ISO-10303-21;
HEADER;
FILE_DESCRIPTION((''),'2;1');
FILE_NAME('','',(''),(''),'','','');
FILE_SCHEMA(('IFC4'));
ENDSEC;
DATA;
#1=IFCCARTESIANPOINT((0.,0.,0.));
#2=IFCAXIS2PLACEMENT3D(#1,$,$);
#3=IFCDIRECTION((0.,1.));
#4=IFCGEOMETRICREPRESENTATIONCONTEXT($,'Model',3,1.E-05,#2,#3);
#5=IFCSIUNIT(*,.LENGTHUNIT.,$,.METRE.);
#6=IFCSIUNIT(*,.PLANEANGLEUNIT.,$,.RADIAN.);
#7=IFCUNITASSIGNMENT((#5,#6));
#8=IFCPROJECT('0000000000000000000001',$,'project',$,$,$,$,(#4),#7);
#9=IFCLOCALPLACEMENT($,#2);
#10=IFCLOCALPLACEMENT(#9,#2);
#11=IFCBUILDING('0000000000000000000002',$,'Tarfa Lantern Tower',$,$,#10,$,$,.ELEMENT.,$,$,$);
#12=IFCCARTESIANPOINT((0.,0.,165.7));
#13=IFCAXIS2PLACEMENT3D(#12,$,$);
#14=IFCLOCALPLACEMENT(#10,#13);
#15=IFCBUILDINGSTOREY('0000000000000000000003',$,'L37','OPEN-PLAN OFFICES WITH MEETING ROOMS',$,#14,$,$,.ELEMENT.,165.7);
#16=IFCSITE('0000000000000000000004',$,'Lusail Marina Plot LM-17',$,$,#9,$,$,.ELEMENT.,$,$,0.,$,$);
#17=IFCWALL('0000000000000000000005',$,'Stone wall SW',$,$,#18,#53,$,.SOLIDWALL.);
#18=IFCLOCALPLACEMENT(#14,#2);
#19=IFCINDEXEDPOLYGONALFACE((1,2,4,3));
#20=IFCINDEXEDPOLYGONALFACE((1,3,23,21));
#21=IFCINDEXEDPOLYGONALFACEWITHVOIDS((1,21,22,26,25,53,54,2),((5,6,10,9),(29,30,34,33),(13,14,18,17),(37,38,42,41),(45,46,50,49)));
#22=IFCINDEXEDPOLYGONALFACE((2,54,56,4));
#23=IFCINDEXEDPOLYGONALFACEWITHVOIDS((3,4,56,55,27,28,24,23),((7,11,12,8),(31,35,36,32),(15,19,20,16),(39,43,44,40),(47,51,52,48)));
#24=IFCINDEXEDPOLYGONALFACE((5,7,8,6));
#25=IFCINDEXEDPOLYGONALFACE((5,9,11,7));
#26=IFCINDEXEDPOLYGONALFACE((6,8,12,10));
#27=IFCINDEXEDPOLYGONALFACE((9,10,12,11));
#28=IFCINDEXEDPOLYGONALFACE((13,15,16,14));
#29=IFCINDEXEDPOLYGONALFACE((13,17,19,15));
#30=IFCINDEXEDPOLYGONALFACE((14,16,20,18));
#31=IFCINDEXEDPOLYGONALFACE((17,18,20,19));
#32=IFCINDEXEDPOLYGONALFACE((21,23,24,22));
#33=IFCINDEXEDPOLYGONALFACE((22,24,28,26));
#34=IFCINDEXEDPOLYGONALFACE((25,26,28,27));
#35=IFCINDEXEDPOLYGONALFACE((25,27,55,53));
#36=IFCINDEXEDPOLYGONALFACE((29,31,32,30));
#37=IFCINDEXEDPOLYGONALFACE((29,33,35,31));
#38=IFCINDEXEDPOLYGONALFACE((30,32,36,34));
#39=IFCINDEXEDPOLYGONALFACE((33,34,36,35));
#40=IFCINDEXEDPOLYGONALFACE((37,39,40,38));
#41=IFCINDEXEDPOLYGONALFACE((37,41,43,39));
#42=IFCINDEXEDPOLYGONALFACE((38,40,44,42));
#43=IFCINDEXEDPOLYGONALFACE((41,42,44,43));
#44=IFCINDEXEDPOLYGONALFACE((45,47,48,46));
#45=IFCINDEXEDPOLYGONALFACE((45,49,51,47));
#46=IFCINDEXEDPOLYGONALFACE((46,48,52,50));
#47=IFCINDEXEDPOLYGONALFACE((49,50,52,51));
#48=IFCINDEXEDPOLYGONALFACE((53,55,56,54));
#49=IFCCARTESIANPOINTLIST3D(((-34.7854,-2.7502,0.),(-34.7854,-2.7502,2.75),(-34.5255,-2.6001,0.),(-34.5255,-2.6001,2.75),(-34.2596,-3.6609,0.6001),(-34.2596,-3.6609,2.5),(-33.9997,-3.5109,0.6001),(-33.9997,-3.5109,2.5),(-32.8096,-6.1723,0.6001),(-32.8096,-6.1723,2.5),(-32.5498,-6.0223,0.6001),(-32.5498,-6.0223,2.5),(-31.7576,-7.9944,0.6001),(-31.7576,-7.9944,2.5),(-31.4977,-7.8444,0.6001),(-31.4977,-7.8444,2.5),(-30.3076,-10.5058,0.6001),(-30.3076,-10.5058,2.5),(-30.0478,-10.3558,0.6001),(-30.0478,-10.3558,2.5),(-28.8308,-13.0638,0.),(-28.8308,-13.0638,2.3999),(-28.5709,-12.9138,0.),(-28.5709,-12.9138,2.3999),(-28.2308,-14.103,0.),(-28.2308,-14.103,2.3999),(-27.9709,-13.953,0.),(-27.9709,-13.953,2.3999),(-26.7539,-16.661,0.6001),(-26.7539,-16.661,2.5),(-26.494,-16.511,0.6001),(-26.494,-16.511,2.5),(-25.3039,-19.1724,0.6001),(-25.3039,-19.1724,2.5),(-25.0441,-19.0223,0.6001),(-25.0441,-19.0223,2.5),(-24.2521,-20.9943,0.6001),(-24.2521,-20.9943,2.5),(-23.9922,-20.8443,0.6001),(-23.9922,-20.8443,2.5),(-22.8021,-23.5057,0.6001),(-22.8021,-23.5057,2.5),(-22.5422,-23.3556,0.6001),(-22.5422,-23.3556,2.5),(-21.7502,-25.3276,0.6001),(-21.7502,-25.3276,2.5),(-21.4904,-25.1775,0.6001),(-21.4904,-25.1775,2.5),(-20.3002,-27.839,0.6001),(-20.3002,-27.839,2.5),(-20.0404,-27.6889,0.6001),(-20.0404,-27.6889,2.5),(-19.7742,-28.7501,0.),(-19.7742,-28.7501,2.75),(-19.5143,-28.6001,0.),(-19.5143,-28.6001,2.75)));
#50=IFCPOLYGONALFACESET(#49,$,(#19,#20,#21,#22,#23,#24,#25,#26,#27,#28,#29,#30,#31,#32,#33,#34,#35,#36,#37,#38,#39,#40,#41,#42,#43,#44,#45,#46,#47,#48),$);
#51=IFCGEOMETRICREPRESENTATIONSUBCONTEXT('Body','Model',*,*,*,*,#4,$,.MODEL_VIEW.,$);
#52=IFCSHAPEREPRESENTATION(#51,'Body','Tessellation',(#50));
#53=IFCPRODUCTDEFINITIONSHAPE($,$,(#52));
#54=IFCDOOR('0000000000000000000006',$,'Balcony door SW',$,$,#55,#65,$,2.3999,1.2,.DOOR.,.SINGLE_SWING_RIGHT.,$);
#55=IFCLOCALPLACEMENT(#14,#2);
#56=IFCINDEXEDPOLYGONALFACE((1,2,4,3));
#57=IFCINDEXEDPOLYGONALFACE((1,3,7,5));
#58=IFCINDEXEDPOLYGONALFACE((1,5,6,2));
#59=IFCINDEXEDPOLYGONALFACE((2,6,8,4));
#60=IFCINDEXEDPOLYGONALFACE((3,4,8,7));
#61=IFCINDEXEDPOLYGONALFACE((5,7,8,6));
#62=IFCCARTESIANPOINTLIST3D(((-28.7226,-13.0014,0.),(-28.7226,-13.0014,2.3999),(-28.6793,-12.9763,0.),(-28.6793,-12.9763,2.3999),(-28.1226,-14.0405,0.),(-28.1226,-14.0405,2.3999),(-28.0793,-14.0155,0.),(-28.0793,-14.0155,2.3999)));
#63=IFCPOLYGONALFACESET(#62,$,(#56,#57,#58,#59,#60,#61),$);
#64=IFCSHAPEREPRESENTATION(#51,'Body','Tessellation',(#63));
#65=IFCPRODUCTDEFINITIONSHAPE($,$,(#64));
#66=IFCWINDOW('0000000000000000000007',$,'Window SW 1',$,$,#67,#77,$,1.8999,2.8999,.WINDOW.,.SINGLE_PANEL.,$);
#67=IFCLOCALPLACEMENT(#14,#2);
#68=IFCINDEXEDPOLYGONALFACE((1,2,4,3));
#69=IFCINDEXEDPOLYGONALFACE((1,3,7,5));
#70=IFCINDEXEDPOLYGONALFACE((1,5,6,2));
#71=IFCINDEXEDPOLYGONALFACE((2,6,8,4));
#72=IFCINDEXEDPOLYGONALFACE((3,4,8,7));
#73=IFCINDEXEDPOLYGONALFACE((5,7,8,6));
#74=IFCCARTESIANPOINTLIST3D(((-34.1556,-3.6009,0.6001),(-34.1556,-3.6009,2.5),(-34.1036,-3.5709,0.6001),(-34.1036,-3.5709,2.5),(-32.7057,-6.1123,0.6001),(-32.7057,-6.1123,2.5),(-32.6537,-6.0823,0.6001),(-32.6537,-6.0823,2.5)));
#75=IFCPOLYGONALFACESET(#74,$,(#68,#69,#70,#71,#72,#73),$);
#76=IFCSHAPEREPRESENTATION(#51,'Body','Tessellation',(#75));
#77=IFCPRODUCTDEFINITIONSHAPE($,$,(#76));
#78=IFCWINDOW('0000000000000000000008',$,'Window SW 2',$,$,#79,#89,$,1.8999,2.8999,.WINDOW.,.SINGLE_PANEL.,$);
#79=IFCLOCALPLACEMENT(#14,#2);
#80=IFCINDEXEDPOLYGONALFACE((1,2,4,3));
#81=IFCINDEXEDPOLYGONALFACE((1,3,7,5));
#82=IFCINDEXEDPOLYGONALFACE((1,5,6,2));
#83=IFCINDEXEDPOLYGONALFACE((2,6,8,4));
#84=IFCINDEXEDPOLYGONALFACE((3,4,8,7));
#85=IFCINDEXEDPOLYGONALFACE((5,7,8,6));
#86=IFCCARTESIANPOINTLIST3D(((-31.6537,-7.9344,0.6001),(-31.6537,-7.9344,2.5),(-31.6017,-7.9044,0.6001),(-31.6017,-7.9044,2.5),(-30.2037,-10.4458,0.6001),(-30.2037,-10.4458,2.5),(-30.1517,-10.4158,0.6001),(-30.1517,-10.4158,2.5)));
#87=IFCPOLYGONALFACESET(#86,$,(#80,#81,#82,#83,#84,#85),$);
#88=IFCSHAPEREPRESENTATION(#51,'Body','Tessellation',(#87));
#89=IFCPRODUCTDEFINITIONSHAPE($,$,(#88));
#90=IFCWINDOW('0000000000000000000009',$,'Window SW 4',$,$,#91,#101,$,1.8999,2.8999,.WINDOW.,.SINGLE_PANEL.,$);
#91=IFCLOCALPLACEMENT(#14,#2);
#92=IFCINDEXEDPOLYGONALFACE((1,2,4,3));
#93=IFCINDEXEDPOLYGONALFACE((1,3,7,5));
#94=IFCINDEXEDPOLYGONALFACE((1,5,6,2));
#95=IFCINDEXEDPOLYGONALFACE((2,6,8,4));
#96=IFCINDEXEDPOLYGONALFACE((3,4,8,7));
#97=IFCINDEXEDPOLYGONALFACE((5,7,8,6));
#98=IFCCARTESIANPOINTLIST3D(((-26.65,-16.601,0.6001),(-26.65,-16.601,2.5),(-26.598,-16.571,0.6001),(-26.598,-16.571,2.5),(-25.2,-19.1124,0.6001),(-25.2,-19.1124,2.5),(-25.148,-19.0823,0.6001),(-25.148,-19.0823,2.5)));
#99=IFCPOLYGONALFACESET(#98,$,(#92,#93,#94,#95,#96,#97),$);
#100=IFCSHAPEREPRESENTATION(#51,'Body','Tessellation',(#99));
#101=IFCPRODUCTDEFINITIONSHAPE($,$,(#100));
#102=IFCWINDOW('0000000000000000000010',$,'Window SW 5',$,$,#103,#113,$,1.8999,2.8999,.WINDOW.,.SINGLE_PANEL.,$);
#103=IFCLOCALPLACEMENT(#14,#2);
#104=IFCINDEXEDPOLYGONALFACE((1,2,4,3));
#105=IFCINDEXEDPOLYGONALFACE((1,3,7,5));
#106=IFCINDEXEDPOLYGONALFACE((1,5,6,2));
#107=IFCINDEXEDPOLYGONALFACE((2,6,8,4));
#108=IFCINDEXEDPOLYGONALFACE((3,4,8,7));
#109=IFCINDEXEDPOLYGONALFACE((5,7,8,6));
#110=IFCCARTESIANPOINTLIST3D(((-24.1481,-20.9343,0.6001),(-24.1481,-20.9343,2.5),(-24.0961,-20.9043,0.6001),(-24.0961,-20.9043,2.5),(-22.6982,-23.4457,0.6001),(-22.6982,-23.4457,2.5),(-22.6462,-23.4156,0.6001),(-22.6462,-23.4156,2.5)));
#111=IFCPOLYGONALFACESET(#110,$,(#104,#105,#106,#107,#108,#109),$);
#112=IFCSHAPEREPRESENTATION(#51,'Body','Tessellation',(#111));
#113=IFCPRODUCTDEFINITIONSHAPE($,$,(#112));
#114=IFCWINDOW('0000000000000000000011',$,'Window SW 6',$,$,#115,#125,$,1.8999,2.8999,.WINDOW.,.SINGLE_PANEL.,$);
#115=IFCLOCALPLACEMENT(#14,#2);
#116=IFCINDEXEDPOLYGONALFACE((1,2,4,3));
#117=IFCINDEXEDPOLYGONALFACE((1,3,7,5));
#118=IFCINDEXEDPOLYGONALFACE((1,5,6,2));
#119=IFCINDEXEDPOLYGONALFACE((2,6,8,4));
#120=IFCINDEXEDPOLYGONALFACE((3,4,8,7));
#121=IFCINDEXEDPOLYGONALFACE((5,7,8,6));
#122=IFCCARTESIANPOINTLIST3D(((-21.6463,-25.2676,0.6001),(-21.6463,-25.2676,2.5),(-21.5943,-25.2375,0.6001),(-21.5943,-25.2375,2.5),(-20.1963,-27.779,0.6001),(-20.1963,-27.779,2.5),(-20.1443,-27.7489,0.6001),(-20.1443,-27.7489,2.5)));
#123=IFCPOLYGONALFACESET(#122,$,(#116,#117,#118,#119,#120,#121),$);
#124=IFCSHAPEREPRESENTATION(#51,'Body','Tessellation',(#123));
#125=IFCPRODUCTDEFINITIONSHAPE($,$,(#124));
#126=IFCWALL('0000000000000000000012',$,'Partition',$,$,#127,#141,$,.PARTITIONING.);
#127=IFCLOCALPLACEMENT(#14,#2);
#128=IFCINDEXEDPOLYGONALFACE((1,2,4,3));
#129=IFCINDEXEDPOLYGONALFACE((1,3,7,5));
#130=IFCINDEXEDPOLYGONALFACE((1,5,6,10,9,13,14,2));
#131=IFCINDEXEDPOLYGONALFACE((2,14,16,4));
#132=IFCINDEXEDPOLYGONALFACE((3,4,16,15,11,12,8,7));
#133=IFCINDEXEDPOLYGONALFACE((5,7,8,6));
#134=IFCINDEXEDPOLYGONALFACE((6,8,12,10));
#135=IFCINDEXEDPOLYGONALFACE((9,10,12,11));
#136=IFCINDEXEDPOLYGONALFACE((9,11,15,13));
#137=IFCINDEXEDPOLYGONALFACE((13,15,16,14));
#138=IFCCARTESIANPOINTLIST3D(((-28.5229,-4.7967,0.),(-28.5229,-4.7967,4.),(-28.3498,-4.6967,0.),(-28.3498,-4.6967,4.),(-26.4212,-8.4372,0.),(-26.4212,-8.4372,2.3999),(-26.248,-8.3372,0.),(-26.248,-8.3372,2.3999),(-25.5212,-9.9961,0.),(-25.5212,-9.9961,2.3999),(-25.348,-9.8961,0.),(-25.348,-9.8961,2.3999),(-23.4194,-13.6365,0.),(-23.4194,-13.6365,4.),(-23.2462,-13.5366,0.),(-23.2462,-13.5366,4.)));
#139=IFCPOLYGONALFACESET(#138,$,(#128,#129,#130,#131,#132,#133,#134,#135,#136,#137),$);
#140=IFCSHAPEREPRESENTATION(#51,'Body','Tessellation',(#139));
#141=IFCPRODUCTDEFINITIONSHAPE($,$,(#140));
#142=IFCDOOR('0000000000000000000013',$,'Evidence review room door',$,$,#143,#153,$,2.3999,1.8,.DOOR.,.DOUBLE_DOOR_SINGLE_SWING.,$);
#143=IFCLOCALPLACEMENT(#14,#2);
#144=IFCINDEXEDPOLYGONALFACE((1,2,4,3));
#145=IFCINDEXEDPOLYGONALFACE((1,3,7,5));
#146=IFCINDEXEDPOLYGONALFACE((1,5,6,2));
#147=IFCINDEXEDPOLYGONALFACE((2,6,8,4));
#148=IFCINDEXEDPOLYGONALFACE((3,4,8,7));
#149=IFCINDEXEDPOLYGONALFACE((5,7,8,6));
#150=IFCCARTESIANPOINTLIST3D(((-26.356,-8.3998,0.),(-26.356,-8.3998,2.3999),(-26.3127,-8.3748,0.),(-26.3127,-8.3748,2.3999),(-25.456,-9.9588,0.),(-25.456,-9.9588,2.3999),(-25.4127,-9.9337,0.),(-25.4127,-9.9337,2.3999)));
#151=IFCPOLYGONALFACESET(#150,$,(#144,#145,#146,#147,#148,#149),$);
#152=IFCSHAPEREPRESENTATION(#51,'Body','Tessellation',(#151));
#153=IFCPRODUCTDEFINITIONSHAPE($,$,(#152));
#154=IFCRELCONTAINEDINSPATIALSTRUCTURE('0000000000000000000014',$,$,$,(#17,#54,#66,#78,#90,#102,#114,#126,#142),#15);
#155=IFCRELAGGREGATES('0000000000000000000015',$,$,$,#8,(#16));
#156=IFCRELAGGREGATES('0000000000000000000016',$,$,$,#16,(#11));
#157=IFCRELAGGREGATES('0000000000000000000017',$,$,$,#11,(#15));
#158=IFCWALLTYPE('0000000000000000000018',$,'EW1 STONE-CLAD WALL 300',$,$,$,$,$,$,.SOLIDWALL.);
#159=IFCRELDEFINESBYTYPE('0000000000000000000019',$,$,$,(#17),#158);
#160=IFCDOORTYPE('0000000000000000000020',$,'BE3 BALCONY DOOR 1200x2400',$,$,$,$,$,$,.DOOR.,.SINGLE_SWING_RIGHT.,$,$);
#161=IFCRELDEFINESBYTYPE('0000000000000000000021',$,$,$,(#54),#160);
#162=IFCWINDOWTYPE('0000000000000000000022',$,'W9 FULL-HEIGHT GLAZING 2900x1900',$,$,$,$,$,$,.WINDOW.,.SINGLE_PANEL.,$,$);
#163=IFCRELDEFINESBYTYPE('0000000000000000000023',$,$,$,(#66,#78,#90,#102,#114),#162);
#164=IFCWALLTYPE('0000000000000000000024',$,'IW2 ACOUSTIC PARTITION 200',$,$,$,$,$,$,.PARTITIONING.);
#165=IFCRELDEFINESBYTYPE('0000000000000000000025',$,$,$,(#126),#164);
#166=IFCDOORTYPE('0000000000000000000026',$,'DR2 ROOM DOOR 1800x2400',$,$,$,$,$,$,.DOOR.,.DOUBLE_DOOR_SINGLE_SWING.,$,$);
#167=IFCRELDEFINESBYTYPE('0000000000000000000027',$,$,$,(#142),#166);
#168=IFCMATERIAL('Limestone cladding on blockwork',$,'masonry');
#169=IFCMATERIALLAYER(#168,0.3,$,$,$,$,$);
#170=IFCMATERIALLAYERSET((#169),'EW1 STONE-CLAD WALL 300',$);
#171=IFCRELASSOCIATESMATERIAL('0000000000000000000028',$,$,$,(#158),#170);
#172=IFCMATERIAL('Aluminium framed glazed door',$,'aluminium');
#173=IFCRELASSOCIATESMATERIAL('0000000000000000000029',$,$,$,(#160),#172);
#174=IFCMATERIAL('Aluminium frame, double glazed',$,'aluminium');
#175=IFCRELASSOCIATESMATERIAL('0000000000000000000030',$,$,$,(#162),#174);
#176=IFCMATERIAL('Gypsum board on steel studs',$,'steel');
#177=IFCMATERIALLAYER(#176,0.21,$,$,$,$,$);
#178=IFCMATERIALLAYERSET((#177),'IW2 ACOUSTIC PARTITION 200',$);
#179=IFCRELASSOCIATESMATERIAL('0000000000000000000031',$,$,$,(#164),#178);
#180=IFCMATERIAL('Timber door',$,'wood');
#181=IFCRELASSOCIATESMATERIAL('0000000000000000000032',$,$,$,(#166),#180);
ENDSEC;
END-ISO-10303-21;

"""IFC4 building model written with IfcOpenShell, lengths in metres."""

from ifc_helpers import new_model, si_unit, direction, frame, frame_2d, origin, place, context, subcontext, project, spatial, rectangle, extrude, material, layer, layer_set, type_object, element, fill, save


model = new_model("IFC4")

# Units and contexts
model_context = context("Model", 3, precision=1e-05, world=origin(), true_north=direction((0.0, 1.0)))
body_context = subcontext(model_context, "Body", "Model", "MODEL_VIEW")
ifc_project = project(units=[si_unit("LENGTHUNIT", "METRE"), si_unit("PLANEANGLEUNIT", "RADIAN")], contexts=[model_context])

# Site, building, storey
site_placement = place(None, origin())
site = spatial("IfcSite", under=ifc_project, at=site_placement, Name="Lusail Marina Plot LM-17", CompositionType="ELEMENT", RefElevation=0.0)
building_placement = place(site_placement, origin())
building = spatial("IfcBuilding", under=site, at=building_placement, Name="Tarfa Lantern Tower", CompositionType="ELEMENT")
storey_placement = place(building_placement, frame((0.0, 0.0, 165.7)))
storey = spatial("IfcBuildingStorey", under=building, at=storey_placement, Name="L37", Description="OPEN-PLAN OFFICES WITH MEETING ROOMS", CompositionType="ELEMENT", Elevation=165.7)

# Wall, openings, door, windows
ifc_material_1 = material(Name="Limestone cladding on blockwork", Category="masonry")
ifc_layer_1 = layer(ifc_material_1, 0.3)
ifc_layer_set_1 = layer_set([ifc_layer_1], Name="EW1 STONE-CLAD WALL 300")
wall_type_1 = type_object("IfcWallType", Name="EW1 STONE-CLAD WALL 300", PredefinedType="SOLIDWALL", material=ifc_layer_set_1)
wall_1_placement = place(storey_placement, frame((-34.6555, -2.675, 0.0), z_axis=(0.0, 0.0, 1.0), x_axis=(0.500003, -0.866024, 0.0)))
wall_1 = element("IfcWall", 1, at=wall_1_placement, inside=storey, type_object=wall_type_1, Name="Stone wall SW", PredefinedType="SOLIDWALL", context=body_context, shape_type="SweptSolid", body=[
    extrude(rectangle(XDim=30.0222, YDim=0.3, at=frame_2d((15.0112, 0.0))), origin(), (0.0, 0.0, 1.0), 2.75),
])
opening_1_placement = place(wall_1_placement, frame((1.0518, 0.0, 0.6001)))
opening_1 = element("IfcOpeningElement", 2, at=opening_1_placement, cuts=wall_1, PredefinedType="OPENING", context=body_context, shape_type="SweptSolid", body=[
    extrude(rectangle(XDim=2.8999, YDim=1.8999, at=frame_2d((1.45, 0.95))), frame((0.0, 0.1599, 0.0), z_axis=(0.0, -1.0, 0.0), x_axis=(1.0, 0.0, 0.0)), (0.0, 0.0, 1.0), 0.3201),
])
opening_2_placement = place(wall_1_placement, frame((6.0557, 0.0, 0.6001)))
opening_2 = element("IfcOpeningElement", 3, at=opening_2_placement, cuts=wall_1, PredefinedType="OPENING", context=body_context, shape_type="SweptSolid", body=[
    extrude(rectangle(XDim=2.8999, YDim=1.8999, at=frame_2d((1.45, 0.95))), frame((0.0, 0.1599, 0.0), z_axis=(0.0, -1.0, 0.0), x_axis=(1.0, 0.0, 0.0)), (0.0, 0.0, 1.0), 0.3201),
])
opening_3_placement = place(wall_1_placement, frame((11.9092, 0.0, 0.0)))
opening_3 = element("IfcOpeningElement", 4, at=opening_3_placement, cuts=wall_1, PredefinedType="OPENING", context=body_context, shape_type="SweptSolid", body=[
    extrude(rectangle(XDim=1.2, YDim=2.3999, at=frame_2d((0.6001, 1.2))), frame((0.0, 0.1599, 0.0), z_axis=(0.0, -1.0, 0.0), x_axis=(1.0, 0.0, 0.0)), (0.0, 0.0, 1.0), 0.3201),
])
opening_4_placement = place(wall_1_placement, frame((16.063, 0.0, 0.6001)))
opening_4 = element("IfcOpeningElement", 5, at=opening_4_placement, cuts=wall_1, PredefinedType="OPENING", context=body_context, shape_type="SweptSolid", body=[
    extrude(rectangle(XDim=2.8999, YDim=1.8999, at=frame_2d((1.45, 0.95))), frame((0.0, 0.1599, 0.0), z_axis=(0.0, -1.0, 0.0), x_axis=(1.0, 0.0, 0.0)), (0.0, 0.0, 1.0), 0.3201),
])
opening_5_placement = place(wall_1_placement, frame((21.0667, 0.0, 0.6001)))
opening_5 = element("IfcOpeningElement", 6, at=opening_5_placement, cuts=wall_1, PredefinedType="OPENING", context=body_context, shape_type="SweptSolid", body=[
    extrude(rectangle(XDim=2.8999, YDim=1.8999, at=frame_2d((1.45, 0.95))), frame((0.0, 0.1599, 0.0), z_axis=(0.0, -1.0, 0.0), x_axis=(1.0, 0.0, 0.0)), (0.0, 0.0, 1.0), 0.3201),
])
opening_6_placement = place(wall_1_placement, frame((26.0703, 0.0, 0.6001)))
opening_6 = element("IfcOpeningElement", 7, at=opening_6_placement, cuts=wall_1, PredefinedType="OPENING", context=body_context, shape_type="SweptSolid", body=[
    extrude(rectangle(XDim=2.8999, YDim=1.8999, at=frame_2d((1.45, 0.95))), frame((0.0, 0.1599, 0.0), z_axis=(0.0, -1.0, 0.0), x_axis=(1.0, 0.0, 0.0)), (0.0, 0.0, 1.0), 0.3201),
])
ifc_material_2 = material(Name="Aluminium framed glazed door", Category="aluminium")
door_type_1 = type_object("IfcDoorType", Name="BE3 BALCONY DOOR 1200x2400", OperationType="SINGLE_SWING_RIGHT", PredefinedType="DOOR", material=ifc_material_2)
door_1_placement = place(opening_3_placement, origin())
door_1 = element("IfcDoor", 8, at=door_1_placement, inside=storey, type_object=door_type_1, Name="Balcony door SW", OperationType="SINGLE_SWING_RIGHT", OverallHeight=2.3999, OverallWidth=1.2, PredefinedType="DOOR", context=body_context, shape_type="SweptSolid", body=[
    extrude(rectangle(XDim=1.2, YDim=2.3999, at=frame_2d((0.6001, 1.2))), frame((0.0, 0.0249, 0.0), z_axis=(0.0, -1.0, 0.0), x_axis=(1.0, 0.0, 0.0)), (0.0, 0.0, 1.0), 0.05),
])
fill(opening_3, door_1)
ifc_material_3 = material(Name="Aluminium frame, double glazed", Category="aluminium")
window_type = type_object("IfcWindowType", Name="W9 FULL-HEIGHT GLAZING 2900x1900", PartitioningType="SINGLE_PANEL", PredefinedType="WINDOW", material=ifc_material_3)
window_1_placement = place(opening_1_placement, origin())
window_1 = element("IfcWindow", 9, at=window_1_placement, inside=storey, type_object=window_type, Name="Window SW 1", OverallHeight=1.8999, OverallWidth=2.8999, PartitioningType="SINGLE_PANEL", PredefinedType="WINDOW", context=body_context, shape_type="SweptSolid", body=[
    extrude(rectangle(XDim=2.8999, YDim=1.8999, at=frame_2d((1.45, 0.95))), frame((0.0, 0.03, 0.0), z_axis=(0.0, -1.0, 0.0), x_axis=(1.0, 0.0, 0.0)), (0.0, 0.0, 1.0), 0.0601),
])
fill(opening_1, window_1)
window_2_placement = place(opening_2_placement, origin())
window_2 = element("IfcWindow", 10, at=window_2_placement, inside=storey, type_object=window_type, Name="Window SW 2", OverallHeight=1.8999, OverallWidth=2.8999, PartitioningType="SINGLE_PANEL", PredefinedType="WINDOW", context=body_context, shape_type="SweptSolid", body=[
    extrude(rectangle(XDim=2.8999, YDim=1.8999, at=frame_2d((1.45, 0.95))), frame((0.0, 0.03, 0.0), z_axis=(0.0, -1.0, 0.0), x_axis=(1.0, 0.0, 0.0)), (0.0, 0.0, 1.0), 0.0601),
])
fill(opening_2, window_2)
window_3_placement = place(opening_4_placement, origin())
window_3 = element("IfcWindow", 11, at=window_3_placement, inside=storey, type_object=window_type, Name="Window SW 4", OverallHeight=1.8999, OverallWidth=2.8999, PartitioningType="SINGLE_PANEL", PredefinedType="WINDOW", context=body_context, shape_type="SweptSolid", body=[
    extrude(rectangle(XDim=2.8999, YDim=1.8999, at=frame_2d((1.45, 0.95))), frame((0.0, 0.03, 0.0), z_axis=(0.0, -1.0, 0.0), x_axis=(1.0, 0.0, 0.0)), (0.0, 0.0, 1.0), 0.0601),
])
fill(opening_4, window_3)
window_4_placement = place(opening_5_placement, origin())
window_4 = element("IfcWindow", 12, at=window_4_placement, inside=storey, type_object=window_type, Name="Window SW 5", OverallHeight=1.8999, OverallWidth=2.8999, PartitioningType="SINGLE_PANEL", PredefinedType="WINDOW", context=body_context, shape_type="SweptSolid", body=[
    extrude(rectangle(XDim=2.8999, YDim=1.8999, at=frame_2d((1.45, 0.95))), frame((0.0, 0.03, 0.0), z_axis=(0.0, -1.0, 0.0), x_axis=(1.0, 0.0, 0.0)), (0.0, 0.0, 1.0), 0.0601),
])
fill(opening_5, window_4)
window_5_placement = place(opening_6_placement, origin())
window_5 = element("IfcWindow", 13, at=window_5_placement, inside=storey, type_object=window_type, Name="Window SW 6", OverallHeight=1.8999, OverallWidth=2.8999, PartitioningType="SINGLE_PANEL", PredefinedType="WINDOW", context=body_context, shape_type="SweptSolid", body=[
    extrude(rectangle(XDim=2.8999, YDim=1.8999, at=frame_2d((1.45, 0.95))), frame((0.0, 0.03, 0.0), z_axis=(0.0, -1.0, 0.0), x_axis=(1.0, 0.0, 0.0)), (0.0, 0.0, 1.0), 0.0601),
])
fill(opening_6, window_5)

# Wall, opening, door
ifc_material_4 = material(Name="Gypsum board on steel studs", Category="steel")
ifc_layer_2 = layer(ifc_material_4, 0.21)
ifc_layer_set_2 = layer_set([ifc_layer_2], Name="IW2 ACOUSTIC PARTITION 200")
wall_type_2 = type_object("IfcWallType", Name="IW2 ACOUSTIC PARTITION 200", PredefinedType="PARTITIONING", material=ifc_layer_set_2)
wall_2_placement = place(storey_placement, frame((-28.4363, -4.7468, 0.0), z_axis=(0.0, 0.0, 1.0), x_axis=(0.499987, -0.866033, 0.0)))
wall_2 = element("IfcWall", 14, at=wall_2_placement, inside=storey, type_object=wall_type_2, Name="Partition", PredefinedType="PARTITIONING", context=body_context, shape_type="SweptSolid", body=[
    extrude(rectangle(XDim=10.2073, YDim=0.2, at=frame_2d((5.1035, 0.0))), origin(), (0.0, 0.0, 1.0), 4.0),
])
opening_7_placement = place(wall_2_placement, frame((4.2036, 0.0, 0.0)))
opening_7 = element("IfcOpeningElement", 15, at=opening_7_placement, cuts=wall_2, PredefinedType="OPENING", context=body_context, shape_type="SweptSolid", body=[
    extrude(rectangle(XDim=1.8, YDim=2.3999, at=frame_2d((0.8999, 1.2))), frame((0.0, 0.1099, 0.0), z_axis=(0.0, -1.0, 0.0), x_axis=(1.0, 0.0, 0.0)), (0.0, 0.0, 1.0), 0.22),
])
ifc_material_5 = material(Name="Timber door", Category="wood")
door_type_2 = type_object("IfcDoorType", Name="DR2 ROOM DOOR 1800x2400", OperationType="DOUBLE_DOOR_SINGLE_SWING", PredefinedType="DOOR", material=ifc_material_5)
door_2_placement = place(opening_7_placement, frame((1.8, 0.0, 0.0), z_axis=(0.0, 0.0, 1.0), x_axis=(-1.0, 0.0, 0.0)))
door_2 = element("IfcDoor", 16, at=door_2_placement, inside=storey, type_object=door_type_2, Name="Evidence review room door", OperationType="DOUBLE_DOOR_SINGLE_SWING", OverallHeight=2.3999, OverallWidth=1.8, PredefinedType="DOOR", context=body_context, shape_type="SweptSolid", body=[
    extrude(rectangle(XDim=1.8, YDim=2.3999, at=frame_2d((0.8999, 1.2))), frame((0.0, 0.0249, 0.0), z_axis=(0.0, -1.0, 0.0), x_axis=(1.0, 0.0, 0.0)), (0.0, 0.0, 1.0), 0.05),
])
fill(opening_7, door_2)

save(model, "model.ifc")
